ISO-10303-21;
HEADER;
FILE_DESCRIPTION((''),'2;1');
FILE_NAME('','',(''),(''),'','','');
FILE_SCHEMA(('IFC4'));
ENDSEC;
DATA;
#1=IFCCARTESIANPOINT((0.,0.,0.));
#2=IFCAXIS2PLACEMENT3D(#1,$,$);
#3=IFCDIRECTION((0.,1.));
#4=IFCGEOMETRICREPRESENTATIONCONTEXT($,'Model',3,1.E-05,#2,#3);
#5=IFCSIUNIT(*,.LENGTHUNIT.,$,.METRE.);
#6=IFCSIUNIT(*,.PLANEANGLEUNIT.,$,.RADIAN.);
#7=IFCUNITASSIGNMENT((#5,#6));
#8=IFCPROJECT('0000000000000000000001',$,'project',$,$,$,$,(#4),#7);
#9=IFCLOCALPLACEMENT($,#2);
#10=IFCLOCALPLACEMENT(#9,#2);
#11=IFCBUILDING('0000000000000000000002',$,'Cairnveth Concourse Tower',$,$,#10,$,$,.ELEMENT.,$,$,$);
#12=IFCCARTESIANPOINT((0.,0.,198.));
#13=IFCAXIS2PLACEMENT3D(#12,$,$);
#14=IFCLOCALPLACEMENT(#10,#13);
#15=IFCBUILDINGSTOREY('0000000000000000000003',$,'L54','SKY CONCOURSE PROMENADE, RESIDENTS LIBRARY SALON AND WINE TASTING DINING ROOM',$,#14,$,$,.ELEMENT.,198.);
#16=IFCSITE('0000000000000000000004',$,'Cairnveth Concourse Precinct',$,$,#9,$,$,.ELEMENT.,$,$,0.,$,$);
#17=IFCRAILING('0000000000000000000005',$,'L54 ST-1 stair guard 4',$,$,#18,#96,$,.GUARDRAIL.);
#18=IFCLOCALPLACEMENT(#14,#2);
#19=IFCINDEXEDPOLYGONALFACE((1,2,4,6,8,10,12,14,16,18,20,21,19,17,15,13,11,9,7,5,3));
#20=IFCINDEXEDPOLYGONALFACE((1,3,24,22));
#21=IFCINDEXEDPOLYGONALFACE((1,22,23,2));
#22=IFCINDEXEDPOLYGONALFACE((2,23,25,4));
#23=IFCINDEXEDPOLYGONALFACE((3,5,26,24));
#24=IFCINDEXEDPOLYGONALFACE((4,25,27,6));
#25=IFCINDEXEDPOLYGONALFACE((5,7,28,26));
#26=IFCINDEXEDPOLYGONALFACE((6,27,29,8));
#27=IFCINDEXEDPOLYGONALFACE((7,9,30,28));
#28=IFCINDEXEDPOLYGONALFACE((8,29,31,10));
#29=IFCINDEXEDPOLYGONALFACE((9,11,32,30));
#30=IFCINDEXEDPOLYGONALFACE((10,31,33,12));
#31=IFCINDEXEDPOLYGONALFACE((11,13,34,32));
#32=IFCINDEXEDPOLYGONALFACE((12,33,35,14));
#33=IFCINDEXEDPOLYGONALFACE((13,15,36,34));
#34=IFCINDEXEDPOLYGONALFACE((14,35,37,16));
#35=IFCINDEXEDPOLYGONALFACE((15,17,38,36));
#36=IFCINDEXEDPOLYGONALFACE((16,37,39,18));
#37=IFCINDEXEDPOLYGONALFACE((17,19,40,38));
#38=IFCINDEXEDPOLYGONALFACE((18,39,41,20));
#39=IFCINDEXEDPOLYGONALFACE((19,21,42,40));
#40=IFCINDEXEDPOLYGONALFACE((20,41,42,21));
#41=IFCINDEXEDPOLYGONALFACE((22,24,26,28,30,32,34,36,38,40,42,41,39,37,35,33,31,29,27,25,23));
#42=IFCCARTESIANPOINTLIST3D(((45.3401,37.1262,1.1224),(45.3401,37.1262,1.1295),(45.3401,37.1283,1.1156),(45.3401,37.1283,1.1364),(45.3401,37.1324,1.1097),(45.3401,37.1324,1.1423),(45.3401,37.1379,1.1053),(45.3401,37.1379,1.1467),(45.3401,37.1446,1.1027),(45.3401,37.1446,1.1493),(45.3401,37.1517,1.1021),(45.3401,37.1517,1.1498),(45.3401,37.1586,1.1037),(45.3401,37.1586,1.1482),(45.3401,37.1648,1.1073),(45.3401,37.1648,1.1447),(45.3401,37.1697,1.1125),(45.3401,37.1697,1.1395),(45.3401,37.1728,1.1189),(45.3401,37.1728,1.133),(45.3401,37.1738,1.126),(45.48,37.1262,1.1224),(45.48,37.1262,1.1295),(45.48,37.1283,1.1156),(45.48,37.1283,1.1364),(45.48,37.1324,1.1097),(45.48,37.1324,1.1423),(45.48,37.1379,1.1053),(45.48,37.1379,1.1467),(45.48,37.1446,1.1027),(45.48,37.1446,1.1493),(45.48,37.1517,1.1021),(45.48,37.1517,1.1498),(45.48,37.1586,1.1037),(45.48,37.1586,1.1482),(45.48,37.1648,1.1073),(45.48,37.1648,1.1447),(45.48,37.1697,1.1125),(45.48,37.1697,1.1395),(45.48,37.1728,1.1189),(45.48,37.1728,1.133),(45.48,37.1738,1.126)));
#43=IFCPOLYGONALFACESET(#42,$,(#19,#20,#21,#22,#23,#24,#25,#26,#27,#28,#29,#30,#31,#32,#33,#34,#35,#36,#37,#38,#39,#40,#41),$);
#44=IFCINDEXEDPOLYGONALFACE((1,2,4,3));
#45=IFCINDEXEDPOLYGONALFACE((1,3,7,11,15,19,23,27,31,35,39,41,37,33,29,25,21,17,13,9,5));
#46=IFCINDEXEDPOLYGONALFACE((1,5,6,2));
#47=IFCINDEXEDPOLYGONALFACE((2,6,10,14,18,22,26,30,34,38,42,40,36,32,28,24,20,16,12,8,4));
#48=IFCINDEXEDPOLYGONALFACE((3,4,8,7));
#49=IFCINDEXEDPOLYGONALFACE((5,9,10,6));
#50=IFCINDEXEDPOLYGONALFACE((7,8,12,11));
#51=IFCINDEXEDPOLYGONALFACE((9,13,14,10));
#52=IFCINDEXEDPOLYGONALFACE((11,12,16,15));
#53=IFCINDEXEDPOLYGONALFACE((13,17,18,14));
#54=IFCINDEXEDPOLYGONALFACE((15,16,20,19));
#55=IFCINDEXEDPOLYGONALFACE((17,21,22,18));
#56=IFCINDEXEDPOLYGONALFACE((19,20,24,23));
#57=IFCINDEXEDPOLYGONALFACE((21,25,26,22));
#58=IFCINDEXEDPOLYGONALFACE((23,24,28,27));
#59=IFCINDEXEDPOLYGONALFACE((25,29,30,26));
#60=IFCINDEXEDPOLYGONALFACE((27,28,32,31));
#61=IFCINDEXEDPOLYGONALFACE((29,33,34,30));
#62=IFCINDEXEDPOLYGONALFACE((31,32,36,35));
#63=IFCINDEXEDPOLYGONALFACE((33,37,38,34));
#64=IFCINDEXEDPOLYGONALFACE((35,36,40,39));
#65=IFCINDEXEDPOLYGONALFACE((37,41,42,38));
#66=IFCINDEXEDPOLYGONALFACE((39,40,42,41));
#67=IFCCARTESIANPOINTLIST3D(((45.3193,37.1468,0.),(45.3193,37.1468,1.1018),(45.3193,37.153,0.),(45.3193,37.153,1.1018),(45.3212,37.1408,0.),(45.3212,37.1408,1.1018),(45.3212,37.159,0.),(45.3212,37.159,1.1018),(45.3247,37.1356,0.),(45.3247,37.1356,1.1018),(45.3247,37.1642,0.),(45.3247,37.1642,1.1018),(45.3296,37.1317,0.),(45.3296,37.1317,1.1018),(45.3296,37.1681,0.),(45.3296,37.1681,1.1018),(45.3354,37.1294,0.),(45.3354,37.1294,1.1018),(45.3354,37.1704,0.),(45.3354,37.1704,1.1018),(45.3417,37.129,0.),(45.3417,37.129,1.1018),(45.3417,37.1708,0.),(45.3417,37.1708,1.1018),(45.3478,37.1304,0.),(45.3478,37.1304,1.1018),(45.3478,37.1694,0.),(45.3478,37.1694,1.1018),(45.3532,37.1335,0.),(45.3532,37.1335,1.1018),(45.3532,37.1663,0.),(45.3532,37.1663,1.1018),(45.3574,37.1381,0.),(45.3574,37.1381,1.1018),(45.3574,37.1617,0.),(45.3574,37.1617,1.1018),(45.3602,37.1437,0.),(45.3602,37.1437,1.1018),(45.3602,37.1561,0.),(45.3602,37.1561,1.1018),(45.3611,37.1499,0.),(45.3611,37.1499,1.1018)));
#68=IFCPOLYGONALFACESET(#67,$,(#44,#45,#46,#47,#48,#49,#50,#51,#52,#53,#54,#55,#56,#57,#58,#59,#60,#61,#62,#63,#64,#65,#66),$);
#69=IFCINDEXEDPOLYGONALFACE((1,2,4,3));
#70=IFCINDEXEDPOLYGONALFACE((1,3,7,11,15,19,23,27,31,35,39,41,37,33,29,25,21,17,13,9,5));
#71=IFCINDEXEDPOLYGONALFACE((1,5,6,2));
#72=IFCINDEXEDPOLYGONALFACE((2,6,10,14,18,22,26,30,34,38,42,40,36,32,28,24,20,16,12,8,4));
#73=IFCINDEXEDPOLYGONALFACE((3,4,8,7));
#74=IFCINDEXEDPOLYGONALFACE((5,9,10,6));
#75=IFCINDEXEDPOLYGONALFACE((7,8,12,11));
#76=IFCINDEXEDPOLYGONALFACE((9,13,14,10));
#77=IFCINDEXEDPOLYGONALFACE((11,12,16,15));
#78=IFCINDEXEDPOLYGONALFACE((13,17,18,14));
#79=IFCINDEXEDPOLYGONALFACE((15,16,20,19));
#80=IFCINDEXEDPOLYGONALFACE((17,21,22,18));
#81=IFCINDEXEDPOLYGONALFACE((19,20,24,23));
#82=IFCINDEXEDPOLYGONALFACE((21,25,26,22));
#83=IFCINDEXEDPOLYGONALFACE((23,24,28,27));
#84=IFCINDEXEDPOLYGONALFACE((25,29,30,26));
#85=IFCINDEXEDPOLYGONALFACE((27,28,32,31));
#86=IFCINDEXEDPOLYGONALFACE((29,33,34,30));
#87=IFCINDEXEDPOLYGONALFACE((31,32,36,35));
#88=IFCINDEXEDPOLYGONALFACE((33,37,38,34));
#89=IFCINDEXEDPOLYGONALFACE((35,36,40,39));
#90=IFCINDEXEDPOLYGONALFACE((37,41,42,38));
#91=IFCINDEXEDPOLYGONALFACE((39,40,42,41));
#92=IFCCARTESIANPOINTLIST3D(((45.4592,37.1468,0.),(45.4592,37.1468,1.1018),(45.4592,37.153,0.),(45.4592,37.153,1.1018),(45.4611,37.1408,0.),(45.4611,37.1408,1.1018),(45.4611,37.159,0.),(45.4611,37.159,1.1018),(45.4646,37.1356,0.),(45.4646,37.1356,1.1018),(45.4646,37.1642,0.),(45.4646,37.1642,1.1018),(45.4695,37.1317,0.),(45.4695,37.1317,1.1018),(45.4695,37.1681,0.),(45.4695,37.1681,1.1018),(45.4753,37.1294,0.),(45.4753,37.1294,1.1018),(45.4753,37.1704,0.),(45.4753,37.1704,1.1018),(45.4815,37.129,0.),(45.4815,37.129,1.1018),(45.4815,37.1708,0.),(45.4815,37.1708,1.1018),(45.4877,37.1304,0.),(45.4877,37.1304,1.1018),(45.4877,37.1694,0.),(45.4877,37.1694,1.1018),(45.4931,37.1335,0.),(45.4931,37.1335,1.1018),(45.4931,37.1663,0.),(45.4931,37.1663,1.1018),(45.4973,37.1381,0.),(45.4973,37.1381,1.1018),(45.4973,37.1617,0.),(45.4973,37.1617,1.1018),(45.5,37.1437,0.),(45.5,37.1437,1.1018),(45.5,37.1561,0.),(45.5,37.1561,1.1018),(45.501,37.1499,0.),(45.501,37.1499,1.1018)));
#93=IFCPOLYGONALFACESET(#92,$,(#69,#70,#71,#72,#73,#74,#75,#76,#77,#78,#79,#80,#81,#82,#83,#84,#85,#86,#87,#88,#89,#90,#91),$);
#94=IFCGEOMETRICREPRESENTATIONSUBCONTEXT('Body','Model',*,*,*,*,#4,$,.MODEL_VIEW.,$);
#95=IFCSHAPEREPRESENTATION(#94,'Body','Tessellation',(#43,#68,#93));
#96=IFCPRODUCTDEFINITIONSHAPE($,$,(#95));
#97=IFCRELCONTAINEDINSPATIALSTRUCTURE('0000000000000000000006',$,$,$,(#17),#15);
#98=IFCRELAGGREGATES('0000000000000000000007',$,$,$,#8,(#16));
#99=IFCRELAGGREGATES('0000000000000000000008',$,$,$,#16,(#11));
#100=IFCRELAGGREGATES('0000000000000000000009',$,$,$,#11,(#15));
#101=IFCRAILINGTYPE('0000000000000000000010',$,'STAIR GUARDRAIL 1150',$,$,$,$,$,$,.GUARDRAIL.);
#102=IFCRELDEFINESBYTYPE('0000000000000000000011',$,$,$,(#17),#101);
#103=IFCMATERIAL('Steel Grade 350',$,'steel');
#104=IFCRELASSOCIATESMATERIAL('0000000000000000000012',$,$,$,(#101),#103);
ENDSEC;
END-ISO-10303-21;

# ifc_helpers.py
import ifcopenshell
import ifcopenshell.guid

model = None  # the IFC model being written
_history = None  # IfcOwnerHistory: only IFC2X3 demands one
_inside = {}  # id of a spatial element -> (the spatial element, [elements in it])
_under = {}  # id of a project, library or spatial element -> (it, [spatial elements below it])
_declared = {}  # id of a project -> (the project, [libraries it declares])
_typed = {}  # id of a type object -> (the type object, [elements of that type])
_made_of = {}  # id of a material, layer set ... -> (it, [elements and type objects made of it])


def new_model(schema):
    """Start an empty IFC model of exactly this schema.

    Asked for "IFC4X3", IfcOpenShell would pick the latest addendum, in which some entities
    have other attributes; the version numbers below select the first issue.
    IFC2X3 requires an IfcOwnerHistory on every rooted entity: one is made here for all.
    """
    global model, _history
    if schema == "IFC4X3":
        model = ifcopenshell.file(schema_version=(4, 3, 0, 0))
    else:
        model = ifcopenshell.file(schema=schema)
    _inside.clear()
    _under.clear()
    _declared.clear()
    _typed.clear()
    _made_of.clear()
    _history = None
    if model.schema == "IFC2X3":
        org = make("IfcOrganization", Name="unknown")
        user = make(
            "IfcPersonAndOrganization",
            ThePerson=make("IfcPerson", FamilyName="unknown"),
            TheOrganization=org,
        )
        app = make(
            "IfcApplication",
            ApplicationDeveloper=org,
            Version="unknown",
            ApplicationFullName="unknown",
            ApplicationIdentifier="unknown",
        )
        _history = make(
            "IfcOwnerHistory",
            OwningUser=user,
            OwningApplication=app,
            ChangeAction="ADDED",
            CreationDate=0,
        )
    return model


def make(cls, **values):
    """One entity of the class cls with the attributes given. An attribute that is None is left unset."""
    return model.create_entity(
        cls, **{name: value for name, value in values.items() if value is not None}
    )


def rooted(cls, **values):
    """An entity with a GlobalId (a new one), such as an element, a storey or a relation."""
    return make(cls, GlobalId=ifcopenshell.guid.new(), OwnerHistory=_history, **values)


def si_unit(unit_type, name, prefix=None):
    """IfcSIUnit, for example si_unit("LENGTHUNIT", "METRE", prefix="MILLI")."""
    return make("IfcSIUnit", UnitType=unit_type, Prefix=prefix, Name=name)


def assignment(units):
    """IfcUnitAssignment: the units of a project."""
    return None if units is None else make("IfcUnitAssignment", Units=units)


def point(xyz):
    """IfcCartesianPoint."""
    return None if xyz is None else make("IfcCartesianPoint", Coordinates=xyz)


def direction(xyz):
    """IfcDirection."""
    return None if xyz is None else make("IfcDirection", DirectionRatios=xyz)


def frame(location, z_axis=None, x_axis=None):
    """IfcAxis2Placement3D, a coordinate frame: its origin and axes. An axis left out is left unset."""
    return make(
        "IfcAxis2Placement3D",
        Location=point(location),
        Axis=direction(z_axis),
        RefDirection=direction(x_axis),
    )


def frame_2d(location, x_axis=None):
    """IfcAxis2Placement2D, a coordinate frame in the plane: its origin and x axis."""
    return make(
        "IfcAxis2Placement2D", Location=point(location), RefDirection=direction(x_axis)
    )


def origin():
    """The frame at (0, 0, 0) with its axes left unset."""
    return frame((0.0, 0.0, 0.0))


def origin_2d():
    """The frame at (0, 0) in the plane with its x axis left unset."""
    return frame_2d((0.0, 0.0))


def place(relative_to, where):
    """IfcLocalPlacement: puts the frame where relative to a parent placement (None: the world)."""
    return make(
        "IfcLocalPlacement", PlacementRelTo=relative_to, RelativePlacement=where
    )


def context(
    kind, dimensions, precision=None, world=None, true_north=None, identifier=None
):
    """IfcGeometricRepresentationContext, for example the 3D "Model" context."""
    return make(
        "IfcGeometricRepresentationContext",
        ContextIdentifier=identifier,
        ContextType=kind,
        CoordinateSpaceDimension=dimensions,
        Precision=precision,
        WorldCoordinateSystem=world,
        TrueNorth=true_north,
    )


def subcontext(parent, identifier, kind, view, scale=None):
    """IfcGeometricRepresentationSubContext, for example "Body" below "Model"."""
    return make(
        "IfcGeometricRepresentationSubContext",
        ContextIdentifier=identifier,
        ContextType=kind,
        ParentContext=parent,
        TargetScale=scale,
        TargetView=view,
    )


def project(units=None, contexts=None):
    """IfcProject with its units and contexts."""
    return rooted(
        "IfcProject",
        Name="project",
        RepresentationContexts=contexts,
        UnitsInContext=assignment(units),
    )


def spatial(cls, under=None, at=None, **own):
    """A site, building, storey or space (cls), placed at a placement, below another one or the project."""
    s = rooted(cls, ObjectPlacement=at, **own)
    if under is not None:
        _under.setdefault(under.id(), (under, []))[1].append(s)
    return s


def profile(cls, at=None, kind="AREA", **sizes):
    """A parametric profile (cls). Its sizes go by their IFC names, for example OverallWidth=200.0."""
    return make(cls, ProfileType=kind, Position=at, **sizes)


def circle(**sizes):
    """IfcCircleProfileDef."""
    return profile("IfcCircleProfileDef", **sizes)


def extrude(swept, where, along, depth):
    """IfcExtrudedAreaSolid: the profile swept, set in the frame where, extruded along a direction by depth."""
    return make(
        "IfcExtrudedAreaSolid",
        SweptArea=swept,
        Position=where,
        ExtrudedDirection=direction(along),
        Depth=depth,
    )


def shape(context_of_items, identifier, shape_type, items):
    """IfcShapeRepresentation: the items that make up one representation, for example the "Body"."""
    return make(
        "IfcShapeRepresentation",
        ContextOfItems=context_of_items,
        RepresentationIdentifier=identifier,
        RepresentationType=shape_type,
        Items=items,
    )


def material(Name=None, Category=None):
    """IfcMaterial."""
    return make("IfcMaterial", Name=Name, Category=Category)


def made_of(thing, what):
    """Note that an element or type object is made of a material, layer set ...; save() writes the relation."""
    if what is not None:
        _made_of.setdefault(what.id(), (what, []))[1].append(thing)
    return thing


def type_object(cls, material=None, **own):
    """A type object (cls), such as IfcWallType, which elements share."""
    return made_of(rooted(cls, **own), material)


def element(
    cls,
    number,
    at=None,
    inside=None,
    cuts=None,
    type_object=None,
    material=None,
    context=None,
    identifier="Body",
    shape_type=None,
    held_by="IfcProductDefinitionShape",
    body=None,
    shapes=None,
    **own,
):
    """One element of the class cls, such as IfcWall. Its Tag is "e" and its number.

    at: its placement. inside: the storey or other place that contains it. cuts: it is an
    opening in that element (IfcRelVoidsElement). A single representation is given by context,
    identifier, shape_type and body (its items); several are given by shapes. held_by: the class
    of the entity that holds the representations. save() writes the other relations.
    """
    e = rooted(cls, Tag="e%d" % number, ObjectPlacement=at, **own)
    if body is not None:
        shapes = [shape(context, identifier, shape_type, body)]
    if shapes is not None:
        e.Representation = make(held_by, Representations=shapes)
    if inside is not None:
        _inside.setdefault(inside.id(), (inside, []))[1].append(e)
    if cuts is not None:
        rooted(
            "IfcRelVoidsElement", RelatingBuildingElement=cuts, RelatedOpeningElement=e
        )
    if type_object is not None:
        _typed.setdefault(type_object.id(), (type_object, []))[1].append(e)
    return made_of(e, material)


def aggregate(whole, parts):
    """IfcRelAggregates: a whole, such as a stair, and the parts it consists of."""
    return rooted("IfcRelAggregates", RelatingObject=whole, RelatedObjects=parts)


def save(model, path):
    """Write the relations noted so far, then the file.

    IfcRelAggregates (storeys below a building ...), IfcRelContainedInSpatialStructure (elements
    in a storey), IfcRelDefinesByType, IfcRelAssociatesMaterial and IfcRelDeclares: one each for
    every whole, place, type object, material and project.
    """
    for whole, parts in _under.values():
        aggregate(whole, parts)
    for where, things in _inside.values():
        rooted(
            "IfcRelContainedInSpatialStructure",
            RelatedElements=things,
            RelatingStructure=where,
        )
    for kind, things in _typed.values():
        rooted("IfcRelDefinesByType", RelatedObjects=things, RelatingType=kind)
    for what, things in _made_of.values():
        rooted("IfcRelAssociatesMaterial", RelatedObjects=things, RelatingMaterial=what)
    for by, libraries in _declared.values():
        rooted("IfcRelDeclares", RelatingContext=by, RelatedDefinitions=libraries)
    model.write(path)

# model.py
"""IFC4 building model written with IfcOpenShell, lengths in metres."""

from ifc_helpers import new_model, si_unit, direction, frame, origin, origin_2d, place, context, subcontext, project, spatial, circle, extrude, material, type_object, element, save


model = new_model("IFC4")

# Units and contexts
model_context = context("Model", 3, precision=1e-05, world=origin(), true_north=direction((0.0, 1.0)))
body_context = subcontext(model_context, "Body", "Model", "MODEL_VIEW")
ifc_project = project(units=[si_unit("LENGTHUNIT", "METRE"), si_unit("PLANEANGLEUNIT", "RADIAN")], contexts=[model_context])

# Site, building, storey
site_placement = place(None, origin())
site = spatial("IfcSite", under=ifc_project, at=site_placement, Name="Cairnveth Concourse Precinct", CompositionType="ELEMENT", RefElevation=0.0)
building_placement = place(site_placement, origin())
building = spatial("IfcBuilding", under=site, at=building_placement, Name="Cairnveth Concourse Tower", CompositionType="ELEMENT")
storey_placement = place(building_placement, frame((0.0, 0.0, 198.0)))
storey = spatial("IfcBuildingStorey", under=building, at=storey_placement, Name="L54", Description="SKY CONCOURSE PROMENADE, RESIDENTS LIBRARY SALON AND WINE TASTING DINING ROOM", CompositionType="ELEMENT", Elevation=198.0)

# Shared definitions
ifc_material_1 = material(Name="Steel Grade 350", Category="steel")

# Railing
railing_type_1 = type_object("IfcRailingType", Name="STAIR GUARDRAIL 1150", PredefinedType="GUARDRAIL", material=ifc_material_1)
railing_1_placement = place(storey_placement, frame((45.3401, 37.1499, 0.0)))
element("IfcRailing", 1, at=railing_1_placement, inside=storey, type_object=railing_type_1, Name="L54 ST-1 stair guard 4", PredefinedType="GUARDRAIL", context=body_context, shape_type="SweptSolid", body=[
    extrude(circle(Radius=0.0239, at=origin_2d()), frame((0.0, 0.0, 1.126), z_axis=(1.0, 0.0, 0.0), x_axis=(0.0, 1.0, 0.0)), (0.0, 0.0, 1.0), 0.1399),
    extrude(circle(Radius=0.021, at=origin_2d()), origin(), (0.0, 0.0, 1.0), 1.1018),
    extrude(circle(Radius=0.021, at=origin_2d()), frame((0.1399, 0.0, 0.0)), (0.0, 0.0, 1.0), 1.1018),
])

save(model, "model.ifc")
